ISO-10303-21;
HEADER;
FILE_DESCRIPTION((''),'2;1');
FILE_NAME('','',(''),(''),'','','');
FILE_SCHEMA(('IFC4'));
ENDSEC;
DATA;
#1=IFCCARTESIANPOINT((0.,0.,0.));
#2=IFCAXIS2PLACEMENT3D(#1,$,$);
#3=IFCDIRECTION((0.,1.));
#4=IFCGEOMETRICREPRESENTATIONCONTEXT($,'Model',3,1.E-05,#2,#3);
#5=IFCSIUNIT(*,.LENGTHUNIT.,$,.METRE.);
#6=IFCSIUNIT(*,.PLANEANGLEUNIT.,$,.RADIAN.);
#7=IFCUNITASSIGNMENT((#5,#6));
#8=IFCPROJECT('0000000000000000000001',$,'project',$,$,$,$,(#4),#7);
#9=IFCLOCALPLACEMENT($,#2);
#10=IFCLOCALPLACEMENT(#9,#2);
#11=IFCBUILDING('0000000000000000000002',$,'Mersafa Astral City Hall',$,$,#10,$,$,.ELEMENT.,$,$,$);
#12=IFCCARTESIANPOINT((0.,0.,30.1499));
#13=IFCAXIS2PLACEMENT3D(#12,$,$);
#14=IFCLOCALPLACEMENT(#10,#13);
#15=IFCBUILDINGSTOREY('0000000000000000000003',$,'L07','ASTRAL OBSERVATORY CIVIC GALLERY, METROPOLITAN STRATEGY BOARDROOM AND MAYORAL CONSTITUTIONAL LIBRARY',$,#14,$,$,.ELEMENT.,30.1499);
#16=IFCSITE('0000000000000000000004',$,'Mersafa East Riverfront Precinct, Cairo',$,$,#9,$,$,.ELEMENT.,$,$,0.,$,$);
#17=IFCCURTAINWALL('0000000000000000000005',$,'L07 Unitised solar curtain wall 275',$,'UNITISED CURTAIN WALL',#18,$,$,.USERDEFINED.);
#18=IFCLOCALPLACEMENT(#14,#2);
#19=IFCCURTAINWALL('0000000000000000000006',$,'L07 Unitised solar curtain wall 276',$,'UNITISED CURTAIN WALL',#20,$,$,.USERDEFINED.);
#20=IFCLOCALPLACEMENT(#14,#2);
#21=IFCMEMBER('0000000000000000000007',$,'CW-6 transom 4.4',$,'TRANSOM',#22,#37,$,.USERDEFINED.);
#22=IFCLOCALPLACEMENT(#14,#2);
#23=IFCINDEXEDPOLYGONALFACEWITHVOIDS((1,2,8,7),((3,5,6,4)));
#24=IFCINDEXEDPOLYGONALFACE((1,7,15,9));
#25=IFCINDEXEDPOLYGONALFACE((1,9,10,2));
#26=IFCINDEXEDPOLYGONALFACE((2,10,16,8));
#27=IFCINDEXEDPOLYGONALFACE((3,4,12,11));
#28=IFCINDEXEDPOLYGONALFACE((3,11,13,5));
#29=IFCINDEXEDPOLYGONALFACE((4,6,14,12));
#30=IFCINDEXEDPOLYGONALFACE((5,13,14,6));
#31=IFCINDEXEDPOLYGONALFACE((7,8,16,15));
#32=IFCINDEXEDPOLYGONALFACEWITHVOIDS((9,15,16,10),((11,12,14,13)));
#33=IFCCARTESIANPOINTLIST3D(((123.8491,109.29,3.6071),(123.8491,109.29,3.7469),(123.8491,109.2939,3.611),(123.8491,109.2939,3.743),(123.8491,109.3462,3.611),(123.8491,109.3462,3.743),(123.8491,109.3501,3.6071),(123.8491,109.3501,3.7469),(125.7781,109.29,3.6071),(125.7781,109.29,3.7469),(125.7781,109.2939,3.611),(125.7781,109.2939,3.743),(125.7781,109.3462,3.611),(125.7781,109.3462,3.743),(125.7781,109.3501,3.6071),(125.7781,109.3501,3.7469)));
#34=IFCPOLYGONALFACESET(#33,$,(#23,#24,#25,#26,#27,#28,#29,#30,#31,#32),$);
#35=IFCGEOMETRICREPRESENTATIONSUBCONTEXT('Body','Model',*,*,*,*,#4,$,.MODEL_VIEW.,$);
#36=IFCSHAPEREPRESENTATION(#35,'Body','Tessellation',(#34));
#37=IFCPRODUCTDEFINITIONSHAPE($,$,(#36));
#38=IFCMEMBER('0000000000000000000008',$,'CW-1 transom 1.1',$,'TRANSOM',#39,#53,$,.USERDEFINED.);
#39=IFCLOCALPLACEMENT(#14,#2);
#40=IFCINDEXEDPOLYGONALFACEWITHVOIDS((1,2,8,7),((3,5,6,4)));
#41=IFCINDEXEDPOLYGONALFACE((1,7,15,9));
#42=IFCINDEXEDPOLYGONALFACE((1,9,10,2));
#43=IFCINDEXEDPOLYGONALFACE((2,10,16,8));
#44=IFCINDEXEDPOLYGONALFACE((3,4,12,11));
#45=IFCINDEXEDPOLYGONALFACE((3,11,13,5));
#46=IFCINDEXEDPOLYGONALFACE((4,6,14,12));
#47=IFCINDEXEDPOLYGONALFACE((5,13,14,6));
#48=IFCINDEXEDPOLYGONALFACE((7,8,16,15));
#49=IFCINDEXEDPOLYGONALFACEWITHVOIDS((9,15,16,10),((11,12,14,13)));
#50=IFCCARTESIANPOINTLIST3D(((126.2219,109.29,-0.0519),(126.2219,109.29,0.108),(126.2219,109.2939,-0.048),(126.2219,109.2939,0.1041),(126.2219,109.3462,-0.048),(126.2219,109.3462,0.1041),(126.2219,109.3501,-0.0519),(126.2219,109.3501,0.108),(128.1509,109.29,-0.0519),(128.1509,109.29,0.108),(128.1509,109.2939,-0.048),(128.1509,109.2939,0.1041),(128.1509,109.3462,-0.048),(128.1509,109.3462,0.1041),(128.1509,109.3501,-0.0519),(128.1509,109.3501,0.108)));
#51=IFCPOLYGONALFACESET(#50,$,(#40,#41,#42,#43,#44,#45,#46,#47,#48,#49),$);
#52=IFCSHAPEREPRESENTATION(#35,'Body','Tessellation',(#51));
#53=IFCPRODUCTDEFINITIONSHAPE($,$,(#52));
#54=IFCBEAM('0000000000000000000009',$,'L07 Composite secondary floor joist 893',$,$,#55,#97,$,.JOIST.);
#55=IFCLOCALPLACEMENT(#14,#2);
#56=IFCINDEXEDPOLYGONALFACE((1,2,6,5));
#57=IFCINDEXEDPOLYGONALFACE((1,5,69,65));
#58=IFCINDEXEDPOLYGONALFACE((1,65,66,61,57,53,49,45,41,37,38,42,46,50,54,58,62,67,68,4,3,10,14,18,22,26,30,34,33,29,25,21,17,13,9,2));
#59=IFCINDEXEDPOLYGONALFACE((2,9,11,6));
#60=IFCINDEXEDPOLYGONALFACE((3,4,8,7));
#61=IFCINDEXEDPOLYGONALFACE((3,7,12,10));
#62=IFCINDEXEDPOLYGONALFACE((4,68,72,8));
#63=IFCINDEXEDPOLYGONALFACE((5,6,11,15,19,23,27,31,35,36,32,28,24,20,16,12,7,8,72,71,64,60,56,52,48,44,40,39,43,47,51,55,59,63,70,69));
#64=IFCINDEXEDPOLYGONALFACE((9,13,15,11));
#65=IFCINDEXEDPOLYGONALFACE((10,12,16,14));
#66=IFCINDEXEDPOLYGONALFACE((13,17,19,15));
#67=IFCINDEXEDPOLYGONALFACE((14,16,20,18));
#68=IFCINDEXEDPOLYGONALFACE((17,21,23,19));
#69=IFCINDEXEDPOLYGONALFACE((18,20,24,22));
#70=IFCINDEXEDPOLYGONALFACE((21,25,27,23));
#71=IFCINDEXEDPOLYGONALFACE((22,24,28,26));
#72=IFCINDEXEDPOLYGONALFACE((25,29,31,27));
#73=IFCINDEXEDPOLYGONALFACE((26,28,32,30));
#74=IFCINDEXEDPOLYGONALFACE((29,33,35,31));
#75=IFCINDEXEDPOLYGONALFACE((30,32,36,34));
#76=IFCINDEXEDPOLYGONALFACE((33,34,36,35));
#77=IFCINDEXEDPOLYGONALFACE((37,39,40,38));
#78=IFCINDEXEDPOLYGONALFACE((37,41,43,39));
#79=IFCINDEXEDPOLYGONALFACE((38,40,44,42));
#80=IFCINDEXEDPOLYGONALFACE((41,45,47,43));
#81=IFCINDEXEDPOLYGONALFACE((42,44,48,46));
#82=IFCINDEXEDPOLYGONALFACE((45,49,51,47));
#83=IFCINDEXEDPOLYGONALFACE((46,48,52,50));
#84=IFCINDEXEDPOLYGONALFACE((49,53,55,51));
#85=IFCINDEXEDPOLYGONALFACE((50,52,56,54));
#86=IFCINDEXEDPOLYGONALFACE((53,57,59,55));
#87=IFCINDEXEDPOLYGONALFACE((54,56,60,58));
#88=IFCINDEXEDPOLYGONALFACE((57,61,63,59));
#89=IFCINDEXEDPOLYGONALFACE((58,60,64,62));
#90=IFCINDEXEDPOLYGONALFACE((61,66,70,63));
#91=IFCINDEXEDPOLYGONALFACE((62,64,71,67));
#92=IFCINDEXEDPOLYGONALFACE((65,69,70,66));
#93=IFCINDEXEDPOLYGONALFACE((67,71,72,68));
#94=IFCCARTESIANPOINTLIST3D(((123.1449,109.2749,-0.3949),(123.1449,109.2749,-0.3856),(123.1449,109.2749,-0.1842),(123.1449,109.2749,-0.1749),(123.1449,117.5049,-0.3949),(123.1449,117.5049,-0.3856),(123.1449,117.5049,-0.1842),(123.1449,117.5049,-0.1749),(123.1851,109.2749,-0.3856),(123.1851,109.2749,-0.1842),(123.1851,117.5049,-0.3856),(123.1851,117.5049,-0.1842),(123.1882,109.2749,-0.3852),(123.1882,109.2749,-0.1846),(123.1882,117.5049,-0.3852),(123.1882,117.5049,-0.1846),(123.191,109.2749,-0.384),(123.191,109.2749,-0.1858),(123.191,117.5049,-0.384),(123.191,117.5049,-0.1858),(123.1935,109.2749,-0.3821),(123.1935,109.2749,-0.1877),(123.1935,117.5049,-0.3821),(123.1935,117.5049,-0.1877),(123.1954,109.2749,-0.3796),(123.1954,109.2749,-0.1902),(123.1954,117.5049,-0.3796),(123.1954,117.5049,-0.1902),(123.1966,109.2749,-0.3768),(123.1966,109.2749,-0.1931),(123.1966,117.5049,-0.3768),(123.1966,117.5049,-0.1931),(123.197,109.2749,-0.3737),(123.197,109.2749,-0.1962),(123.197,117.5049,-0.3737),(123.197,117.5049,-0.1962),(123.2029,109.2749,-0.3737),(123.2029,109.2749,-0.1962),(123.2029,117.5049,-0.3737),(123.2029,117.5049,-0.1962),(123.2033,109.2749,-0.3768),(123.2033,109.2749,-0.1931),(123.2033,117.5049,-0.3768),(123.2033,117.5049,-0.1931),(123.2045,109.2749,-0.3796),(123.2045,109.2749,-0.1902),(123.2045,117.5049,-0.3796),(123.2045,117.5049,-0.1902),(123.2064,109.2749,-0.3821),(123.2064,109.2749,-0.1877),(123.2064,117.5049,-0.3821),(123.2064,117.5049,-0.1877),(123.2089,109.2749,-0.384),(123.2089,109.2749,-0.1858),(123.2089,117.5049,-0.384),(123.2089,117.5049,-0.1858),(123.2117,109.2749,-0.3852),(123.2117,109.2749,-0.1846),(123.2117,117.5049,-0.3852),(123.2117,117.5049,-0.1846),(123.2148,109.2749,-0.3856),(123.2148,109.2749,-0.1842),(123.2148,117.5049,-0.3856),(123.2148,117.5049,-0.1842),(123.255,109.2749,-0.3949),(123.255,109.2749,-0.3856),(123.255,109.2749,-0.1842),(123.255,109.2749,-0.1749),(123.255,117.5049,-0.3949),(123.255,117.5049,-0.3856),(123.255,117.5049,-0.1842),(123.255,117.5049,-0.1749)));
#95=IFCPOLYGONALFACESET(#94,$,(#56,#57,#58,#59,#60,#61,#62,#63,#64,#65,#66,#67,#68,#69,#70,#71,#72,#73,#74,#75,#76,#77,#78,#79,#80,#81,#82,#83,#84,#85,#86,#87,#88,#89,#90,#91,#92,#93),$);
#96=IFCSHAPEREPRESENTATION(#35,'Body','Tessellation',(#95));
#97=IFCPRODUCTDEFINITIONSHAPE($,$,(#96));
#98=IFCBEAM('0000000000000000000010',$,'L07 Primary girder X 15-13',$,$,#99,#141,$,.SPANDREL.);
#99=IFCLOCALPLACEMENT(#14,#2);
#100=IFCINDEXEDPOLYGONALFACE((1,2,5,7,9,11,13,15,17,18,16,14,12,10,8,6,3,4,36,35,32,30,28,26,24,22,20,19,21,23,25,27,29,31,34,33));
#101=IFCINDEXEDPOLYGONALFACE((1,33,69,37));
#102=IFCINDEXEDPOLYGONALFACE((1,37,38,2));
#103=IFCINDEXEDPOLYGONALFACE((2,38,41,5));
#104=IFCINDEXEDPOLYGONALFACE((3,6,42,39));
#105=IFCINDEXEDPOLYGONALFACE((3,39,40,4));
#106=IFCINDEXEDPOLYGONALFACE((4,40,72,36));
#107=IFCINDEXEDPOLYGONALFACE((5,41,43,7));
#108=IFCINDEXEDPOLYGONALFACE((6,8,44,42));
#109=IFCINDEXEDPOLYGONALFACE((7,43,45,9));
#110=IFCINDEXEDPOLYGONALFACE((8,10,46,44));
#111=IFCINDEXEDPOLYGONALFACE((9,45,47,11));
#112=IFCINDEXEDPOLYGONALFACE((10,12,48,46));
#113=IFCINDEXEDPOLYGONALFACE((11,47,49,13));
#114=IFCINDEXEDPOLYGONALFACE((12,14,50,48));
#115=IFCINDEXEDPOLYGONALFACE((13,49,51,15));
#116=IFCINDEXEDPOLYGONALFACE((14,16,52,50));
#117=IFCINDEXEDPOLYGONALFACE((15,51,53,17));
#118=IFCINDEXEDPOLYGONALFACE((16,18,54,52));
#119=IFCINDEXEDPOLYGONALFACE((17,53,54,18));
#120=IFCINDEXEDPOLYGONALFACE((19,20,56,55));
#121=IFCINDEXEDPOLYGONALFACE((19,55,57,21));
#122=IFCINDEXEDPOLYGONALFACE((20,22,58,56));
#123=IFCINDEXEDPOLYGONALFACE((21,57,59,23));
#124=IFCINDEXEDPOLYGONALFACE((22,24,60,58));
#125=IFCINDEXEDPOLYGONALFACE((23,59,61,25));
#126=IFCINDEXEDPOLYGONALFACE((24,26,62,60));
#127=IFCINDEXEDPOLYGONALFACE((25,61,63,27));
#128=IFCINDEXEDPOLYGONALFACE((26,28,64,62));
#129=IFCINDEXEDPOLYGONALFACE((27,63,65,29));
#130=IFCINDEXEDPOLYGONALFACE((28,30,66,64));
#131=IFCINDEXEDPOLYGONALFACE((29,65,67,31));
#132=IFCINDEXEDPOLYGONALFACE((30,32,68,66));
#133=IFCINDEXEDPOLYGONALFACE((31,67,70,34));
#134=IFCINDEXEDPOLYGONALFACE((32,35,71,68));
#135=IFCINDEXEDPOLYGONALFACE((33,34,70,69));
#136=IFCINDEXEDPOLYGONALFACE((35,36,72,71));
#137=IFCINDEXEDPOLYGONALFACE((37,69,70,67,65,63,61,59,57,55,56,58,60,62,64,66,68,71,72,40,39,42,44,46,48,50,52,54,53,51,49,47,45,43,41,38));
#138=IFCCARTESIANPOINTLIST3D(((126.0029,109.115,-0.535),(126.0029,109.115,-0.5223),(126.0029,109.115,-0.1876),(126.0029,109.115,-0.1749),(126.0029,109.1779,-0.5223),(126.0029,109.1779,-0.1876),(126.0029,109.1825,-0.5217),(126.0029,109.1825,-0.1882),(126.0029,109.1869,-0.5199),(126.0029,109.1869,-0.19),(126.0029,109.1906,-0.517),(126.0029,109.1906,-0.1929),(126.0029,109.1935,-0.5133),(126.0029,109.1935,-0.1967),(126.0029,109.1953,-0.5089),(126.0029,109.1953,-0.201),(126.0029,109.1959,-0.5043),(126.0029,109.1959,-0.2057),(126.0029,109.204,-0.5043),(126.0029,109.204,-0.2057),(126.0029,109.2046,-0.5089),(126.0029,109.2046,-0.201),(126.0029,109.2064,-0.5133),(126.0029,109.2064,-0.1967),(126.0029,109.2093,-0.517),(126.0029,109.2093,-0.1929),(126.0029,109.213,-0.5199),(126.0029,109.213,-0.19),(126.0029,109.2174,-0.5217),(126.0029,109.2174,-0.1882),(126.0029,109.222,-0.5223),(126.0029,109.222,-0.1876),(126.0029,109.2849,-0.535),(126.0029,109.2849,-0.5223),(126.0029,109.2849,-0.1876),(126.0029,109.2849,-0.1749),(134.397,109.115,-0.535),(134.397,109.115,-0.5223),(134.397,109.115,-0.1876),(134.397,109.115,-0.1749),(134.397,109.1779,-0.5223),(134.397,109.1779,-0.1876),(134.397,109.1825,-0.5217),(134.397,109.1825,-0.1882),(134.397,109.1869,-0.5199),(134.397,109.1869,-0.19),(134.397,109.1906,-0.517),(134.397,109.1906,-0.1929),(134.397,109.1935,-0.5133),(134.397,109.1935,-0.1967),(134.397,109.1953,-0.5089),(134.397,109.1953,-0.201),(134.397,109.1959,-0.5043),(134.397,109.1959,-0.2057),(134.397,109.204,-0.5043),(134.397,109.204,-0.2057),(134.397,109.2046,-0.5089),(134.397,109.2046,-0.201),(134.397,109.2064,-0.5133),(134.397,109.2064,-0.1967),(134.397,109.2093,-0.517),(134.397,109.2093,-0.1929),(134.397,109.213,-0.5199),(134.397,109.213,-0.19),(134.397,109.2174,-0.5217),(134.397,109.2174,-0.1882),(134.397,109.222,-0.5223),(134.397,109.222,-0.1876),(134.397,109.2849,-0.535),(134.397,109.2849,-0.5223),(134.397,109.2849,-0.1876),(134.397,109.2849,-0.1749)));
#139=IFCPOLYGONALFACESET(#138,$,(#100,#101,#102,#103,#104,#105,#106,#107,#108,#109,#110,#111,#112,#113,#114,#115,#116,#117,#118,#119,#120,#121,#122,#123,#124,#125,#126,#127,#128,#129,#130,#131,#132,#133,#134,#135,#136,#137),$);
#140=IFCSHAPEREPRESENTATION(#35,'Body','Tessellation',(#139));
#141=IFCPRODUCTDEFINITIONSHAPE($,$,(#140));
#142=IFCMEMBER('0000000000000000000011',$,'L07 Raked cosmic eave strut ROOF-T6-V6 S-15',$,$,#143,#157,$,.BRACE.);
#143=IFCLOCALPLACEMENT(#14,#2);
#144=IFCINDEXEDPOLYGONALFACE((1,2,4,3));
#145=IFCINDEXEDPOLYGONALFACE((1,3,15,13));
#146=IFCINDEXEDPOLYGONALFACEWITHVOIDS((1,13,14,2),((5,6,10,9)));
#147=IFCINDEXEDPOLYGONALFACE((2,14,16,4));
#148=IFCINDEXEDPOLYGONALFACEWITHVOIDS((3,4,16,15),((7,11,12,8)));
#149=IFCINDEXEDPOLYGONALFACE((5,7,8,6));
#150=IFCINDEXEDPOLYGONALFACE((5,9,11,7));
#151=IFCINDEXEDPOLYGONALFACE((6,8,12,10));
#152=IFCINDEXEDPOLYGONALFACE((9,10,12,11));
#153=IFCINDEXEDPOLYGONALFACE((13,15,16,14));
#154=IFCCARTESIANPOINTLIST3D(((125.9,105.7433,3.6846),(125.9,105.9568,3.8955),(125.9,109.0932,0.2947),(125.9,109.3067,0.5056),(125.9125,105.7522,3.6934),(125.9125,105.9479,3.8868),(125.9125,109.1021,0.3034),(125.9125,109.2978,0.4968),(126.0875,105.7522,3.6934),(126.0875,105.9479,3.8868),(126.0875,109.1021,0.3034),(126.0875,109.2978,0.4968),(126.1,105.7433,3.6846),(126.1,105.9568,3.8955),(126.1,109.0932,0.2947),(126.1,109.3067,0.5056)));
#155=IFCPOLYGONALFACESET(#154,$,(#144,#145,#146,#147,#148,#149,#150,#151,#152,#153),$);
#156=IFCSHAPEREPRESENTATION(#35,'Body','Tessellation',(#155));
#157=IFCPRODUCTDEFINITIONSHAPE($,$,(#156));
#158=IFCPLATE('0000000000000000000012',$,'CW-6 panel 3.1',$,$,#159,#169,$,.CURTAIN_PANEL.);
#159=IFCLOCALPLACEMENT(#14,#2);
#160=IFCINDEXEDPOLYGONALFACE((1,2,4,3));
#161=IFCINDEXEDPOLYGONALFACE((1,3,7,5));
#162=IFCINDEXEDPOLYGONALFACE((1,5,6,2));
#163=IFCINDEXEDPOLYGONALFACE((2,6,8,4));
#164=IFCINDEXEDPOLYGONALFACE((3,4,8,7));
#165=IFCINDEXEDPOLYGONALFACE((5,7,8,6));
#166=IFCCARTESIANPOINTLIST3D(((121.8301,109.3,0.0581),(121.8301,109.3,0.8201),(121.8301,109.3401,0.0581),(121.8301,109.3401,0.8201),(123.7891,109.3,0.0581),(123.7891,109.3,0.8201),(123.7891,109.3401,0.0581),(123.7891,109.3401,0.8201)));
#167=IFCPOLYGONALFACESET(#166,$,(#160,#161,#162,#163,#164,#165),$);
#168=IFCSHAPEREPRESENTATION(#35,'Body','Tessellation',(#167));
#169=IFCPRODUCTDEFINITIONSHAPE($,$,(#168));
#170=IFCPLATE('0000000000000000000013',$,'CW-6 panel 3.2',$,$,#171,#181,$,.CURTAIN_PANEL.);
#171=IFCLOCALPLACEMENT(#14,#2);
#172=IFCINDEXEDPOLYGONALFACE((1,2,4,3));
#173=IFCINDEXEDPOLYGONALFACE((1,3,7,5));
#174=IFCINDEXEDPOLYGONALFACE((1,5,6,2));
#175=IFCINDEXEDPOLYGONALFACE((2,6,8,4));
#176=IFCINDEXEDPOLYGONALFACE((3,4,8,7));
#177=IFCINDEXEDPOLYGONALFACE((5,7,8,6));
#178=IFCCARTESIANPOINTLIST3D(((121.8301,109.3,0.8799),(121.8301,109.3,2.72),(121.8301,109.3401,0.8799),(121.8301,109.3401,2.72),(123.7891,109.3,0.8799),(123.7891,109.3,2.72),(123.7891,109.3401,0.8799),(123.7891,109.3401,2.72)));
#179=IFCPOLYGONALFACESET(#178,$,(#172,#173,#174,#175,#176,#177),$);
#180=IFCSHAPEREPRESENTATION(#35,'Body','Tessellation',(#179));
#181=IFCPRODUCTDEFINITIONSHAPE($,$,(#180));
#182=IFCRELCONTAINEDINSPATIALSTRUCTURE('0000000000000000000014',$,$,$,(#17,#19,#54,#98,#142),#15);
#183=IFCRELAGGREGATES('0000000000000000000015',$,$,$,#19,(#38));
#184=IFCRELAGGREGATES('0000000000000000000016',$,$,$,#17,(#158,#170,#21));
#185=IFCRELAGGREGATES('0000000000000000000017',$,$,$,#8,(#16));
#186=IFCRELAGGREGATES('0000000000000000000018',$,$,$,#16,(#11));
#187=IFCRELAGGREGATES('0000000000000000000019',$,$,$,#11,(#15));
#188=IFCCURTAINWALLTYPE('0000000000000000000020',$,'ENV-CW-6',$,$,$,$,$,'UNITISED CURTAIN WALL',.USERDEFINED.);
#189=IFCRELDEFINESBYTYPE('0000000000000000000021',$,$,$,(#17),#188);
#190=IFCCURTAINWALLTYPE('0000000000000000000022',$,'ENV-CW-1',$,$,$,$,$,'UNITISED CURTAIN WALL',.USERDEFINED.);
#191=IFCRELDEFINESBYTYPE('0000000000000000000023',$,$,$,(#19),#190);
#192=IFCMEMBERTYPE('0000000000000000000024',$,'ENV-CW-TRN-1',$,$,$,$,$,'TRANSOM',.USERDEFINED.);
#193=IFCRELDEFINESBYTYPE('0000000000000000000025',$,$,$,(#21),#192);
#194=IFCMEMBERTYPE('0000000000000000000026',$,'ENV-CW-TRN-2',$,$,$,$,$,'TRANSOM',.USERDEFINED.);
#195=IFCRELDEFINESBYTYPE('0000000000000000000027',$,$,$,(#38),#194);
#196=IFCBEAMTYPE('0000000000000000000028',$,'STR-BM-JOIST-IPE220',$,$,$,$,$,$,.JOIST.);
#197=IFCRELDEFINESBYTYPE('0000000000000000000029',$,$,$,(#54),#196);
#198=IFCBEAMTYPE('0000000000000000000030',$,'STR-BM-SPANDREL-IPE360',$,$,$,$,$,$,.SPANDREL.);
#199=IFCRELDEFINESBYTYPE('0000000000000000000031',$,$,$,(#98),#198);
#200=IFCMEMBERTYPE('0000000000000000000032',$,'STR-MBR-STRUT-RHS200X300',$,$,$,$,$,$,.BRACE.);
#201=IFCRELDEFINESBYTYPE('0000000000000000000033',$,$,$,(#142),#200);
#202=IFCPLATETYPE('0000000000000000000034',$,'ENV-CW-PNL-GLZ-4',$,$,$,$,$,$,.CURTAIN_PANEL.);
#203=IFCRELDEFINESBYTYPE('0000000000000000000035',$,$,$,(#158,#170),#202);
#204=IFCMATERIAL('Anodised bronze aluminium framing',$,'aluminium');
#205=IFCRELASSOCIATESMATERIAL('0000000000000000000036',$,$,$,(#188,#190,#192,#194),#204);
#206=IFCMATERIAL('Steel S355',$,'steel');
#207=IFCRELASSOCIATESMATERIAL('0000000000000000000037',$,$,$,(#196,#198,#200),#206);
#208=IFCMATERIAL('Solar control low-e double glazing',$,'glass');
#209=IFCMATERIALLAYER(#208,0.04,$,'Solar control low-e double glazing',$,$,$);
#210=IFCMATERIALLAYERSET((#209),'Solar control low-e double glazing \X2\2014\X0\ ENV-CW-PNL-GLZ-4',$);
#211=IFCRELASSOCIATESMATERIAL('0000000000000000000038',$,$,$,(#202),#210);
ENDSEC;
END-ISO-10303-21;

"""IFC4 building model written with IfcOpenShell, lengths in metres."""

from ifc_helpers import new_model, si_unit, direction, frame, origin, origin_2d, place, context, subcontext, project, spatial, rectangle, hollow_rectangle, i_section, extrude, material, layer, layer_set, material_profile, profile_set, type_object, element, aggregate, save


model = new_model("IFC4")

# Units and contexts
model_context = context("Model", 3, precision=1e-05, world=origin(), true_north=direction((0.0, 1.0)))
body_context = subcontext(model_context, "Body", "Model", "MODEL_VIEW")
ifc_project = project(units=[si_unit("LENGTHUNIT", "METRE"), si_unit("PLANEANGLEUNIT", "RADIAN")], contexts=[model_context])

# Site, building, storey
site_placement = place(None, origin())
site = spatial("IfcSite", under=ifc_project, at=site_placement, Name="Mersafa East Riverfront Precinct, Cairo", CompositionType="ELEMENT", RefElevation=0.0)
building_placement = place(site_placement, origin())
building = spatial("IfcBuilding", under=site, at=building_placement, Name="Mersafa Astral City Hall", CompositionType="ELEMENT")
storey_placement = place(building_placement, frame((0.0, 0.0, 30.1499)))
storey = spatial("IfcBuildingStorey", under=building, at=storey_placement, Name="L07", Description="ASTRAL OBSERVATORY CIVIC GALLERY, METROPOLITAN STRATEGY BOARDROOM AND MAYORAL CONSTITUTIONAL LIBRARY", CompositionType="ELEMENT", Elevation=30.1499)

# Shared definitions
ifc_material_1 = material(Name="Steel S355", Category="steel")

# Curtain wall
ifc_material_2 = material(Name="Anodised bronze aluminium framing", Category="aluminium")
curtain_wall_type_1 = type_object("IfcCurtainWallType", Name="ENV-CW-6", ElementType="UNITISED CURTAIN WALL", PredefinedType="USERDEFINED", material=ifc_material_2)
curtain_wall_1_placement = place(storey_placement, origin())
curtain_wall_1 = element("IfcCurtainWall", 1, at=curtain_wall_1_placement, inside=storey, type_object=curtain_wall_type_1, Name="L07 Unitised solar curtain wall 275", ObjectType="UNITISED CURTAIN WALL", PredefinedType="USERDEFINED")

# Curtain wall
curtain_wall_type_2 = type_object("IfcCurtainWallType", Name="ENV-CW-1", ElementType="UNITISED CURTAIN WALL", PredefinedType="USERDEFINED", material=ifc_material_2)
curtain_wall_2_placement = place(storey_placement, origin())
curtain_wall_2 = element("IfcCurtainWall", 2, at=curtain_wall_2_placement, inside=storey, type_object=curtain_wall_type_2, Name="L07 Unitised solar curtain wall 276", ObjectType="UNITISED CURTAIN WALL", PredefinedType="USERDEFINED")

# Members
ifc_material_profile_1 = material_profile(ifc_material_2, hollow_rectangle(XDim=0.0601, YDim=0.1399, WallThickness=0.0039, at=origin_2d()), Name="RHS 60x140x4")
ifc_profile_set_1 = profile_set([ifc_material_profile_1], Name="Anodised bronze aluminium framing")
member_type_1 = type_object("IfcMemberType", Name="ENV-CW-TRN-1", ElementType="TRANSOM", PredefinedType="USERDEFINED", material=ifc_profile_set_1)
member_1_placement = place(storey_placement, frame((123.8491, 109.3201, 3.677), z_axis=(1.0, 0.0, 0.0), x_axis=(0.0, 1.0, 0.0)))
member_1 = element("IfcMember", 3, at=member_1_placement, type_object=member_type_1, Name="CW-6 transom 4.4", ObjectType="TRANSOM", PredefinedType="USERDEFINED", context=body_context, shape_type="SweptSolid", body=[
    extrude(hollow_rectangle(XDim=0.0601, YDim=0.1399, WallThickness=0.0039, at=origin_2d()), origin(), (0.0, 0.0, 1.0), 1.929),
])
ifc_material_profile_2 = material_profile(ifc_material_2, hollow_rectangle(XDim=0.0601, YDim=0.1599, WallThickness=0.0039, at=origin_2d()), Name="RHS 60x160x4")
ifc_profile_set_2 = profile_set([ifc_material_profile_2], Name="Anodised bronze aluminium framing")
member_type_2 = type_object("IfcMemberType", Name="ENV-CW-TRN-2", ElementType="TRANSOM", PredefinedType="USERDEFINED", material=ifc_profile_set_2)
member_2_placement = place(storey_placement, frame((126.2219, 109.3201, 0.0281), z_axis=(1.0, 0.0, 0.0), x_axis=(0.0, 1.0, 0.0)))
member_2 = element("IfcMember", 4, at=member_2_placement, type_object=member_type_2, Name="CW-1 transom 1.1", ObjectType="TRANSOM", PredefinedType="USERDEFINED", context=body_context, shape_type="SweptSolid", body=[
    extrude(hollow_rectangle(XDim=0.0601, YDim=0.1599, WallThickness=0.0039, at=origin_2d()), origin(), (0.0, 0.0, 1.0), 1.929),
])
aggregate(curtain_wall_2, [member_2])

# Beams
ifc_material_profile_3 = material_profile(ifc_material_1, i_section(OverallWidth=0.1101, OverallDepth=0.22, WebThickness=0.0059, FlangeThickness=0.0093, FilletRadius=0.012, at=origin_2d()), Name="IPE 220")
ifc_profile_set_3 = profile_set([ifc_material_profile_3], Name="Steel S355")
beam_type_1 = type_object("IfcBeamType", Name="STR-BM-JOIST-IPE220", PredefinedType="JOIST", material=ifc_profile_set_3)
beam_1_placement = place(storey_placement, frame((123.2, 109.2749, -0.2849), z_axis=(0.0, 1.0, 0.0), x_axis=(-1.0, 0.0, 0.0)))
element("IfcBeam", 5, at=beam_1_placement, inside=storey, type_object=beam_type_1, Name="L07 Composite secondary floor joist 893", PredefinedType="JOIST", context=body_context, shape_type="SweptSolid", body=[
    extrude(i_section(OverallWidth=0.1101, OverallDepth=0.22, WebThickness=0.0059, FlangeThickness=0.0093, FilletRadius=0.012, at=origin_2d()), origin(), (0.0, 0.0, 1.0), 8.23),
])
ifc_material_profile_4 = material_profile(ifc_material_1, i_section(OverallWidth=0.1699, OverallDepth=0.3601, WebThickness=0.0081, FlangeThickness=0.0127, FilletRadius=0.0181, at=origin_2d()), Name="IPE 360")
ifc_profile_set_4 = profile_set([ifc_material_profile_4], Name="Steel S355")
beam_type_2 = type_object("IfcBeamType", Name="STR-BM-SPANDREL-IPE360", PredefinedType="SPANDREL", material=ifc_profile_set_4)
beam_2_placement = place(storey_placement, frame((126.0029, 109.2, -0.355), z_axis=(1.0, 0.0, 0.0), x_axis=(0.0, 1.0, 0.0)))
element("IfcBeam", 6, at=beam_2_placement, inside=storey, type_object=beam_type_2, Name="L07 Primary girder X 15-13", PredefinedType="SPANDREL", context=body_context, shape_type="SweptSolid", body=[
    extrude(i_section(OverallWidth=0.1699, OverallDepth=0.3601, WebThickness=0.0081, FlangeThickness=0.0127, FilletRadius=0.0181, at=origin_2d()), origin(), (0.0, 0.0, 1.0), 8.394),
])

# Member
ifc_material_profile_5 = material_profile(ifc_material_1, hollow_rectangle(XDim=0.2, YDim=0.3, WallThickness=0.0125, at=origin_2d()), Name="RHS 200x300x12.5")
ifc_profile_set_5 = profile_set([ifc_material_profile_5], Name="Steel S355")
member_type_3 = type_object("IfcMemberType", Name="STR-MBR-STRUT-RHS200X300", PredefinedType="BRACE", material=ifc_profile_set_5)
member_3_placement = place(storey_placement, frame((126.0, 109.2, 0.4001), z_axis=(0.0, -0.702894, 0.711295), x_axis=(1.0, 0.0, 0.0)))
element("IfcMember", 7, at=member_3_placement, inside=storey, type_object=member_type_3, Name="L07 Raked cosmic eave strut ROOF-T6-V6 S-15", PredefinedType="BRACE", context=body_context, shape_type="SweptSolid", body=[
    extrude(hollow_rectangle(XDim=0.2, YDim=0.3, WallThickness=0.0125, at=origin_2d()), origin(), (0.0, 0.0, 1.0), 4.7659),
])

# Plates
ifc_material_3 = material(Name="Solar control low-e double glazing", Category="glass")
ifc_layer = layer(ifc_material_3, 0.04, Name="Solar control low-e double glazing")
ifc_layer_set = layer_set([ifc_layer], Name="Solar control low-e double glazing — ENV-CW-PNL-GLZ-4")
plate_type = type_object("IfcPlateType", Name="ENV-CW-PNL-GLZ-4", PredefinedType="CURTAIN_PANEL", material=ifc_layer_set)
plate_1_placement = place(storey_placement, frame((122.8096, 109.3201, 0.0581), z_axis=(0.0, 0.0, 1.0), x_axis=(1.0, 0.0, 0.0)))
plate_1 = element("IfcPlate", 8, at=plate_1_placement, type_object=plate_type, Name="CW-6 panel 3.1", PredefinedType="CURTAIN_PANEL", context=body_context, shape_type="SweptSolid", body=[
    extrude(rectangle(XDim=1.959, YDim=0.04, at=origin_2d()), origin(), (0.0, 0.0, 1.0), 0.762),
])
plate_2_placement = place(storey_placement, frame((122.8096, 109.3201, 0.8799), z_axis=(0.0, 0.0, 1.0), x_axis=(1.0, 0.0, 0.0)))
plate_2 = element("IfcPlate", 9, at=plate_2_placement, type_object=plate_type, Name="CW-6 panel 3.2", PredefinedType="CURTAIN_PANEL", context=body_context, shape_type="SweptSolid", body=[
    extrude(rectangle(XDim=1.959, YDim=0.04, at=origin_2d()), origin(), (0.0, 0.0, 1.0), 1.8401),
])
aggregate(curtain_wall_1, [plate_1, plate_2, member_1])

save(model, "model.ifc")
